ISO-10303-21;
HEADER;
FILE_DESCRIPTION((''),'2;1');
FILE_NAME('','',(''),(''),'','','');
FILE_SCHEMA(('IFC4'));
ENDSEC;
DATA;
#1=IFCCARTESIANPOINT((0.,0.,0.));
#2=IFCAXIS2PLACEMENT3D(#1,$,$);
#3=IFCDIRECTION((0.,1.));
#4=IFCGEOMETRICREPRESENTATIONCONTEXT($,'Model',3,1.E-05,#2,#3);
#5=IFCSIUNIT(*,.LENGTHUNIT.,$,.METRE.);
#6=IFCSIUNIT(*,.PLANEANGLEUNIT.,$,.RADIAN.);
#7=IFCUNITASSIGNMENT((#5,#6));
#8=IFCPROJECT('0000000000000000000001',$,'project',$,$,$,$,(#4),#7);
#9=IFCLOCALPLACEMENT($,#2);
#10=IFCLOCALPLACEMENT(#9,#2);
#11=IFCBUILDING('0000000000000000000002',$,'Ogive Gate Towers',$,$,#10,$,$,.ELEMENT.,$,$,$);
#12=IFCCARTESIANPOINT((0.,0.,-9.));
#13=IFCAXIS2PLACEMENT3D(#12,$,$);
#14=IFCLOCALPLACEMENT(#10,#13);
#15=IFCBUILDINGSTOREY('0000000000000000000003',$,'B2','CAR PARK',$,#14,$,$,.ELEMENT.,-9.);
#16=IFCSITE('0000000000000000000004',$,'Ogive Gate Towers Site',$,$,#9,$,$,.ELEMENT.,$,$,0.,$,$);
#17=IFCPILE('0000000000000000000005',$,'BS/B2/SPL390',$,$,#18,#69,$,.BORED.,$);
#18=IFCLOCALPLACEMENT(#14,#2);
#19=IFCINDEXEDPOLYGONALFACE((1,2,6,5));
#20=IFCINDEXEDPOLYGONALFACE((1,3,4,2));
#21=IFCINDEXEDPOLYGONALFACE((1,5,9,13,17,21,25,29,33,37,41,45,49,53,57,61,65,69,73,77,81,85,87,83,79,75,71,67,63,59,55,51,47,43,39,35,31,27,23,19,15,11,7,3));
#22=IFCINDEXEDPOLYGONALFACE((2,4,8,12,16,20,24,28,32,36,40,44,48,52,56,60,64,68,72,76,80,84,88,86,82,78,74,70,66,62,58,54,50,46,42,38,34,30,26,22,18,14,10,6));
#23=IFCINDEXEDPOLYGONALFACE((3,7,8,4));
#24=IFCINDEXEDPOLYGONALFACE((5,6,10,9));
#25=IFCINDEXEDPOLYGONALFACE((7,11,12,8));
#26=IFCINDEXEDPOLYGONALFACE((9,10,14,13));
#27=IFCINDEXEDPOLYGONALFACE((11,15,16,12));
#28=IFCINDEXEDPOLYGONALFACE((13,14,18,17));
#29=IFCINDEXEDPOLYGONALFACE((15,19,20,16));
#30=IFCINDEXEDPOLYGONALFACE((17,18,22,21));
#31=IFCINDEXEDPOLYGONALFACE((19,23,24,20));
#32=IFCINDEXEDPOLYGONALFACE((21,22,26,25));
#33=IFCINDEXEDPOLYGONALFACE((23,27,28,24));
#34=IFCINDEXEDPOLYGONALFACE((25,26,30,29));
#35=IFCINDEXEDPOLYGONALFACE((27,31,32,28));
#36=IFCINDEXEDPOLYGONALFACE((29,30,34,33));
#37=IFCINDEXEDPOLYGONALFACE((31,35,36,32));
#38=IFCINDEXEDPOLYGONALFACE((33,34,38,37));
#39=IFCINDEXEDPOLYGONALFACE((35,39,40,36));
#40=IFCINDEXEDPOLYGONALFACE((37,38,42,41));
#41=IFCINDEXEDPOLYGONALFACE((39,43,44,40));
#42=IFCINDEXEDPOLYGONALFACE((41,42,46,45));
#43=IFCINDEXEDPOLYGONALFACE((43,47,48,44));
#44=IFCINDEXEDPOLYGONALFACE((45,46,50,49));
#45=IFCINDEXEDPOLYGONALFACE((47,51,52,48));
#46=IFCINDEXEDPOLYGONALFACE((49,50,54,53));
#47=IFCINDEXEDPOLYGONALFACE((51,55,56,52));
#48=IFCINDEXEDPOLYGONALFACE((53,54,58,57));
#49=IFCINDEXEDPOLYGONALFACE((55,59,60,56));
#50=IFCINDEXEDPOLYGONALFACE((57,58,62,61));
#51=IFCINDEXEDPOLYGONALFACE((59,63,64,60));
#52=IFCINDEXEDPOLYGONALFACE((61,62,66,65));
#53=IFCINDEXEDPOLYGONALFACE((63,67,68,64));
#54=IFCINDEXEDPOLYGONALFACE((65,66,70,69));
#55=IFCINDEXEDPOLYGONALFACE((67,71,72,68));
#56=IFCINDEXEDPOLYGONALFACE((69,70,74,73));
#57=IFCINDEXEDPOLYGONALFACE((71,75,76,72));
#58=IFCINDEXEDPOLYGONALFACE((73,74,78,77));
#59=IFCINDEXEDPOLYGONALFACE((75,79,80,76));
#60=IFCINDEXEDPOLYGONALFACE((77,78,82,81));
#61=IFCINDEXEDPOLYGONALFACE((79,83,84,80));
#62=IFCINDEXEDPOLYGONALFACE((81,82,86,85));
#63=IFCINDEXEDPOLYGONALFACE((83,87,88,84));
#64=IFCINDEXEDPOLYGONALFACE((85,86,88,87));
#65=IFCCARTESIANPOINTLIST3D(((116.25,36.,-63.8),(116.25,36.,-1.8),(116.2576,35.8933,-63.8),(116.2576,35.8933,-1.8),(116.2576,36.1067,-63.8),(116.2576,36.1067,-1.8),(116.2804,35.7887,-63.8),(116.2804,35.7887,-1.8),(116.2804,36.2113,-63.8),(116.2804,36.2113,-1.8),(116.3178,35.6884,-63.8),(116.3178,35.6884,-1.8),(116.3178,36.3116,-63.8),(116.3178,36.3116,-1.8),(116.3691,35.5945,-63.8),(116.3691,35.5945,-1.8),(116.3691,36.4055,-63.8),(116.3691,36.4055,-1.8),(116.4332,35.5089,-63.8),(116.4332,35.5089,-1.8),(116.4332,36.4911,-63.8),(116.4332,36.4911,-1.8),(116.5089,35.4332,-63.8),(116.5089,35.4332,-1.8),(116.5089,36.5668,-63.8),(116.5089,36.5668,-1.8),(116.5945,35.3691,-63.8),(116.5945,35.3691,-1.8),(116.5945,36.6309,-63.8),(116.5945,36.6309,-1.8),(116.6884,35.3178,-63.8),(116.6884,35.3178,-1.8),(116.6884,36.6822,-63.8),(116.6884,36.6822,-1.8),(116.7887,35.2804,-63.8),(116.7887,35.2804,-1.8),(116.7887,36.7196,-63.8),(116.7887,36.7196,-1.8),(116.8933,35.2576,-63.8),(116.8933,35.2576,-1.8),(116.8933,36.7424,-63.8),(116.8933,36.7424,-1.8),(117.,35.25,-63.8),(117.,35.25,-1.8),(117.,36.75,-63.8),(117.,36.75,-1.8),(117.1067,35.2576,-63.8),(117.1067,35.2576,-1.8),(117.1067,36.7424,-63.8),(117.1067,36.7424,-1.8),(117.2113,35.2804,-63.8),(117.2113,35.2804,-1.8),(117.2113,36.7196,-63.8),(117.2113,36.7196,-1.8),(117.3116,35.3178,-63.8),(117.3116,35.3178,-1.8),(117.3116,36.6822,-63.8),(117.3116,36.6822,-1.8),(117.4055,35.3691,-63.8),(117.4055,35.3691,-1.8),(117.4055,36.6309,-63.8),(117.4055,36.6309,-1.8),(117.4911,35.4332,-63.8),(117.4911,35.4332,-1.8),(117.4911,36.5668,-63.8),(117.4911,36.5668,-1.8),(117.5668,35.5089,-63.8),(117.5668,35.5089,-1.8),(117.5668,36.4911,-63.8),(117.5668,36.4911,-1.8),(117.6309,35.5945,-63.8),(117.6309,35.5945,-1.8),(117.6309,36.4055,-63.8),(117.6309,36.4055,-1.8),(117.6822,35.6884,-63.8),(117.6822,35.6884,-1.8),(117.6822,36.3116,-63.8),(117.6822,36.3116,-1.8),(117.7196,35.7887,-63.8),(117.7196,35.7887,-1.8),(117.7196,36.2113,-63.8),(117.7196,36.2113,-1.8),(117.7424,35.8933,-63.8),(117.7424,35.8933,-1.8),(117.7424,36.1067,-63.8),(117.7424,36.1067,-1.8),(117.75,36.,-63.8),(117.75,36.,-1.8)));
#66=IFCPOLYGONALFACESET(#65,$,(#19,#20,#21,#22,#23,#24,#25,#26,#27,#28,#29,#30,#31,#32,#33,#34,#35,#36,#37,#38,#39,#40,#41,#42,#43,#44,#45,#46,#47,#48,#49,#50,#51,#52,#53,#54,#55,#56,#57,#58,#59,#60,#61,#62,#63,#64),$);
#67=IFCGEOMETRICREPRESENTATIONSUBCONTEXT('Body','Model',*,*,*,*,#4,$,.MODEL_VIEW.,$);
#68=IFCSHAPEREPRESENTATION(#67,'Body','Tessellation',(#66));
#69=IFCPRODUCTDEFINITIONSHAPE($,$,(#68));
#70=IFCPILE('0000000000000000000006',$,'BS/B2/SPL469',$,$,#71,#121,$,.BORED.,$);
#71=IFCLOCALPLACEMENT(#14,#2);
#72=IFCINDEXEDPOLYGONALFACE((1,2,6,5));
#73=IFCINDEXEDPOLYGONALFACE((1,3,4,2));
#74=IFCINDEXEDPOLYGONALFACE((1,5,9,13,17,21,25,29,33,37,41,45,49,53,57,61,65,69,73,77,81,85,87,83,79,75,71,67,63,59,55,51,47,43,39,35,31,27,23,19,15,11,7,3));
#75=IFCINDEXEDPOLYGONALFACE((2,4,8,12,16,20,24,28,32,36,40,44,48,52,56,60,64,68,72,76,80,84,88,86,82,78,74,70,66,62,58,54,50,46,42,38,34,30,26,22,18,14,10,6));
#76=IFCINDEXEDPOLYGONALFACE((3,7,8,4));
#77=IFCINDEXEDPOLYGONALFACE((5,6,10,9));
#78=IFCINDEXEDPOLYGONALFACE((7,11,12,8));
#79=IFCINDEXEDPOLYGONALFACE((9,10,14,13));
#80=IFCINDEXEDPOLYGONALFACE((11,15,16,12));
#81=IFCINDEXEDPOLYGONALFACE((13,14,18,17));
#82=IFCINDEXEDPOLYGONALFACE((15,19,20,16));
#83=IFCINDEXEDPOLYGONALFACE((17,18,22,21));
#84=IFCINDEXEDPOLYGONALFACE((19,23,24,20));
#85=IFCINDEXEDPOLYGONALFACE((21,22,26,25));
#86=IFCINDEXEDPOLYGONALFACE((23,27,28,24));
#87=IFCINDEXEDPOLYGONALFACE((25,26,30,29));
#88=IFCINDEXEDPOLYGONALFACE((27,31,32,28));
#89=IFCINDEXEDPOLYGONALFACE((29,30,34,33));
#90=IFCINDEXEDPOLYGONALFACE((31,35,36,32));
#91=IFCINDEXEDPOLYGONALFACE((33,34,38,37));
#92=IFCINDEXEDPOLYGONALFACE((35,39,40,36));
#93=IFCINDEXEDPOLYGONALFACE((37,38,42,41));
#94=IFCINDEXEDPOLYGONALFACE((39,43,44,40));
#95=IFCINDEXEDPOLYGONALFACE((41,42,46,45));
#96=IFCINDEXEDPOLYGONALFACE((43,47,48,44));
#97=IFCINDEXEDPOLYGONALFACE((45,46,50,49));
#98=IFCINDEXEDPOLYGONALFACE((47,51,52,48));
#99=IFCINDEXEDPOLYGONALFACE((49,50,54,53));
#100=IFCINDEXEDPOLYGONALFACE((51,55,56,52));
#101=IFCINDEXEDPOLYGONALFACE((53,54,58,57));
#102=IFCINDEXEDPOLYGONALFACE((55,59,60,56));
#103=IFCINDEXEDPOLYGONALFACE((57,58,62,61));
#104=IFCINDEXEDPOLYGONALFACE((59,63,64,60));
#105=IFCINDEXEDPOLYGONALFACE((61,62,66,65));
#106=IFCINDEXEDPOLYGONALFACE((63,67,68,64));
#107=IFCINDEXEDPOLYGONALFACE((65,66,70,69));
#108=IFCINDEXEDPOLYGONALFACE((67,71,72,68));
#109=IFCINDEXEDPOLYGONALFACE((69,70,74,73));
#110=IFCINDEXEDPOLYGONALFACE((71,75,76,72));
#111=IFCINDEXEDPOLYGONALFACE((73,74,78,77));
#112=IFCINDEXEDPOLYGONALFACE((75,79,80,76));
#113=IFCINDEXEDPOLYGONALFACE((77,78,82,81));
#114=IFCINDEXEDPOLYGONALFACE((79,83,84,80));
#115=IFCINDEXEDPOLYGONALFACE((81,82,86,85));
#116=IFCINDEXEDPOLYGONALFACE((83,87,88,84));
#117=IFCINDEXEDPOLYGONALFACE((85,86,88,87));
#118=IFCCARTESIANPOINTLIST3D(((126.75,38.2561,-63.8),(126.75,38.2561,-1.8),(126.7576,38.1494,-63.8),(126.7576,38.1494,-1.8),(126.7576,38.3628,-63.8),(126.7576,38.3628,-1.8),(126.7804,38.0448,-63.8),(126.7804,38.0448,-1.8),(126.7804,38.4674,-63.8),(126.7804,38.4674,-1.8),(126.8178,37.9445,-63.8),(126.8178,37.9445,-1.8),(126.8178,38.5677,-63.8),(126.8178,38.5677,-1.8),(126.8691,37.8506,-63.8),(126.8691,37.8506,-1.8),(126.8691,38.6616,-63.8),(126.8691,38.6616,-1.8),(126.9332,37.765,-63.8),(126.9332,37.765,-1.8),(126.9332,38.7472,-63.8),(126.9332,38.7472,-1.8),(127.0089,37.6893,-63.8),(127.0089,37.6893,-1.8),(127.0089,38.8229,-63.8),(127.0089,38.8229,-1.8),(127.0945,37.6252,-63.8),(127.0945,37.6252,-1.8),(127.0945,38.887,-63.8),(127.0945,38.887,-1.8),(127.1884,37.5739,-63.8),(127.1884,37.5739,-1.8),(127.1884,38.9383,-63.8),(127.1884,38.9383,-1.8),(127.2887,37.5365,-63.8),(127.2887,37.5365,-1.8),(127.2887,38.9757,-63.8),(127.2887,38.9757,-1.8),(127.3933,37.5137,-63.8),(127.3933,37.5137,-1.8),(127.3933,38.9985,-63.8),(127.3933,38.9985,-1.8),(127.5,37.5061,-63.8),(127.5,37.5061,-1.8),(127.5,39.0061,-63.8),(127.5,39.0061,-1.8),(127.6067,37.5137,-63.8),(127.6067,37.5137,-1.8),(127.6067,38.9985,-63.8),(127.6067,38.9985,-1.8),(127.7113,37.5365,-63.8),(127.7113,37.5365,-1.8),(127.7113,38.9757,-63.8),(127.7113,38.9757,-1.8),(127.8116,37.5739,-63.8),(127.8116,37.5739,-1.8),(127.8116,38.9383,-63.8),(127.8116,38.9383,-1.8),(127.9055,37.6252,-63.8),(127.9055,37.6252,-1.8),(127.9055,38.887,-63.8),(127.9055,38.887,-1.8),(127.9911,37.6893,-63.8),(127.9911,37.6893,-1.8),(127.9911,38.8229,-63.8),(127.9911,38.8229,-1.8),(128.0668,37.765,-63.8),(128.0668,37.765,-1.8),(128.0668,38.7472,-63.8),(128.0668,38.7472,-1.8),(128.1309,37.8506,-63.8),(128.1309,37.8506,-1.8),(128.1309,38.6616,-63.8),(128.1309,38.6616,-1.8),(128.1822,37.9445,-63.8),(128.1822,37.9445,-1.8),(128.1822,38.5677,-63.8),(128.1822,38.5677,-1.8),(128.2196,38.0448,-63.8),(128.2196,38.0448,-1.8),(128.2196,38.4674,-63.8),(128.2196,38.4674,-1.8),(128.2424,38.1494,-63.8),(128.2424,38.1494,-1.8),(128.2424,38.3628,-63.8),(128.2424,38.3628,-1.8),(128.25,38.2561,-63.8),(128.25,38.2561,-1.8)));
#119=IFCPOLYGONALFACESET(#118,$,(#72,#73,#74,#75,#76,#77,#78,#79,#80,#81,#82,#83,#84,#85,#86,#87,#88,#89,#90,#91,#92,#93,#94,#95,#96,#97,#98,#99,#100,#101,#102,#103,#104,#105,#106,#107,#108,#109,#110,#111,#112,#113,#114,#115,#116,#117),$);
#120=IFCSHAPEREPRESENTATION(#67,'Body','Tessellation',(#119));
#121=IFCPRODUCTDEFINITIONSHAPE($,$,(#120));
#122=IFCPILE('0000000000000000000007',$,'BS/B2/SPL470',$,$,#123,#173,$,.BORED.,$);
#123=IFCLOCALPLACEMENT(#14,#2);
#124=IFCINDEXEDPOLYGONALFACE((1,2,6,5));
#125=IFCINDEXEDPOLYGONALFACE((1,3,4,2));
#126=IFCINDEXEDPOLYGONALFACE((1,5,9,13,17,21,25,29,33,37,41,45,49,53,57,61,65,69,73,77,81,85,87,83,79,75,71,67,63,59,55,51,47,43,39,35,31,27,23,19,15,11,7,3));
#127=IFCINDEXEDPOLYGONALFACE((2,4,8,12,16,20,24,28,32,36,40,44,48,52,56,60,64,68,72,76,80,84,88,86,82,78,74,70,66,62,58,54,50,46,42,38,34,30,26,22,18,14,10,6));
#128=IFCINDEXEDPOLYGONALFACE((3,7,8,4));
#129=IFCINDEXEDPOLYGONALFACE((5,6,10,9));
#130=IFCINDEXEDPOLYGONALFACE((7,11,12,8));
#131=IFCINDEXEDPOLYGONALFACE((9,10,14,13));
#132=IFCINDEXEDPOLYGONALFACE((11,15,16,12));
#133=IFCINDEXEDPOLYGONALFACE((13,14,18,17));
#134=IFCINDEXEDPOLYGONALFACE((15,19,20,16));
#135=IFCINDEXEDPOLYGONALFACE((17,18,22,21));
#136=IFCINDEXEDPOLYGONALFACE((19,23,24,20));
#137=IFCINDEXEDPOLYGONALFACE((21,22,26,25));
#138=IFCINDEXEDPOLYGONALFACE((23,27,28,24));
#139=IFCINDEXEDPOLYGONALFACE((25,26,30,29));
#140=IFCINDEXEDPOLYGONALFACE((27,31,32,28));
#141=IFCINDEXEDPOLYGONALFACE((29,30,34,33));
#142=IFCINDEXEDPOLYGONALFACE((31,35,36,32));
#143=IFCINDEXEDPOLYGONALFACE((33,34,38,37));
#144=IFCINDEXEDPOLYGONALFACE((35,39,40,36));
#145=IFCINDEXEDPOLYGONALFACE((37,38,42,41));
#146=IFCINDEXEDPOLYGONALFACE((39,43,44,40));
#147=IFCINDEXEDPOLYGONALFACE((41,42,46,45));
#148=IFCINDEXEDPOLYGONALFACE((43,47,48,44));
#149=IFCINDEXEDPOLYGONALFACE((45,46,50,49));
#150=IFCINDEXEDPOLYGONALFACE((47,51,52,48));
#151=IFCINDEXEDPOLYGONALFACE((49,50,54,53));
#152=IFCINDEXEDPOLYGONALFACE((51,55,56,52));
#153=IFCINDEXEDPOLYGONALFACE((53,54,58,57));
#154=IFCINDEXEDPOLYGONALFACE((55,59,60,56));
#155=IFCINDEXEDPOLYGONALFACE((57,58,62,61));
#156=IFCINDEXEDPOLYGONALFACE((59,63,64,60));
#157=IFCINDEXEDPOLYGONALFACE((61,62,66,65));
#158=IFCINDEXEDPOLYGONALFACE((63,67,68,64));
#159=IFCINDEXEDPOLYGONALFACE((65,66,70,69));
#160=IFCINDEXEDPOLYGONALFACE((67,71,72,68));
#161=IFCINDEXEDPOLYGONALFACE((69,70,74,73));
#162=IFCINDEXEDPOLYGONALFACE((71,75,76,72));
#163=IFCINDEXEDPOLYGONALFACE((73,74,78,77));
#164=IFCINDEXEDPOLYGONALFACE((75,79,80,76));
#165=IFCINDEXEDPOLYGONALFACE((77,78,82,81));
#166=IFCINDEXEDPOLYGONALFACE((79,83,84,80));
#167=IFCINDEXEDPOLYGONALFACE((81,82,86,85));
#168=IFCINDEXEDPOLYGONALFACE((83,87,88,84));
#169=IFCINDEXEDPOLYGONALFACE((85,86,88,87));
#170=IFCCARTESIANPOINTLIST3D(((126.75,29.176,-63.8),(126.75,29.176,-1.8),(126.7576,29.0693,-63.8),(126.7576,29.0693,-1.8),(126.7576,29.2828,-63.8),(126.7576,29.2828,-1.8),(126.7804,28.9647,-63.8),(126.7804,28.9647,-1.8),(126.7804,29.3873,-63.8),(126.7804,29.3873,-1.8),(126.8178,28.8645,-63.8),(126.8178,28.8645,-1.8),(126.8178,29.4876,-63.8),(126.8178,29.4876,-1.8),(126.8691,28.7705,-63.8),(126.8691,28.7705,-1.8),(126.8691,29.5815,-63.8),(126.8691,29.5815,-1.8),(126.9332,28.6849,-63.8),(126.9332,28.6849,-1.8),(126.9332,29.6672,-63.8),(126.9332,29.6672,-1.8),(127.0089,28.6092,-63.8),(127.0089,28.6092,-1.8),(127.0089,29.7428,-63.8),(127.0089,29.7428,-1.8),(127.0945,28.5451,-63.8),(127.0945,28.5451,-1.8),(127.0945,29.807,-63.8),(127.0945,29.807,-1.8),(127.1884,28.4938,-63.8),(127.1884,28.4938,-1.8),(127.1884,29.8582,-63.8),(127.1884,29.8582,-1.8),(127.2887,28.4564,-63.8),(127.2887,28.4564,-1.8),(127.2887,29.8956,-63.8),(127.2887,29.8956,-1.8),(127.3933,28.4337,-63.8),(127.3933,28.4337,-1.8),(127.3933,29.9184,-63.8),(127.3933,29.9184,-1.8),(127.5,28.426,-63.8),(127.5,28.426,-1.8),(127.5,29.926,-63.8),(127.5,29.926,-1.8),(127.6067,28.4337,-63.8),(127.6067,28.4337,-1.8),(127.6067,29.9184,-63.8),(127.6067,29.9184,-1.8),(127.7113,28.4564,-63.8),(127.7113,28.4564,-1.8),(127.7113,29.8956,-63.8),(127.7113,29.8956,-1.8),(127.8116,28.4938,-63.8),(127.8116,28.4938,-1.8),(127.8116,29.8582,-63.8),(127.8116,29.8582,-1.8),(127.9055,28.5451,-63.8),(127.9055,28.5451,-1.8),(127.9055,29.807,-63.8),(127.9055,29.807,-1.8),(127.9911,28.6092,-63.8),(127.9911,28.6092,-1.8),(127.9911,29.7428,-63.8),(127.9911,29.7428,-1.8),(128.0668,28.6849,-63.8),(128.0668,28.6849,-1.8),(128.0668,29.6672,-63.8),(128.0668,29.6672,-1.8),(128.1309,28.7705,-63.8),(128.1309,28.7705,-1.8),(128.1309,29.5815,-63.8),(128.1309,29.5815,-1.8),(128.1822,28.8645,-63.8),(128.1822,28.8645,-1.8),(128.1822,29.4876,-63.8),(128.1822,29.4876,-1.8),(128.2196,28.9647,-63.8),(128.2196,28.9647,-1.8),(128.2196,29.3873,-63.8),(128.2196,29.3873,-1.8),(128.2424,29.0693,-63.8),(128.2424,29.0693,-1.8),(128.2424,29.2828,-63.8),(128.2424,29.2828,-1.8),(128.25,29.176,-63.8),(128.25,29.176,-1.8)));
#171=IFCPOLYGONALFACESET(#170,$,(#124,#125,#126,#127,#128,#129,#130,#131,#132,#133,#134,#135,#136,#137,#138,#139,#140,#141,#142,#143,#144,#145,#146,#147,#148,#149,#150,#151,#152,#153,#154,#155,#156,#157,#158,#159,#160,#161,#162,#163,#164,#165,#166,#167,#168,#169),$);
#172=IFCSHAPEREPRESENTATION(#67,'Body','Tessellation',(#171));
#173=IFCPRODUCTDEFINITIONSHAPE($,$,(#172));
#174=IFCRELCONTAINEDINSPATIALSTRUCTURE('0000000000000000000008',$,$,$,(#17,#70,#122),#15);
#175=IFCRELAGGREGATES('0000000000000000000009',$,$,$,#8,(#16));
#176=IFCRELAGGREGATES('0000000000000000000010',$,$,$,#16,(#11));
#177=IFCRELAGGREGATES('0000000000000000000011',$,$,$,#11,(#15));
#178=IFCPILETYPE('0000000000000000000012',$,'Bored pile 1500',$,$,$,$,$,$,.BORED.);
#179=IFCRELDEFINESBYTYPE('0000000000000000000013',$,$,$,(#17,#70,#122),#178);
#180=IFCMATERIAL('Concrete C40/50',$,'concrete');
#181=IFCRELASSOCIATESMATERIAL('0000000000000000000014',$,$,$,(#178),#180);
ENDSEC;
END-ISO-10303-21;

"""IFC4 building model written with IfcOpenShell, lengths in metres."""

from ifc_helpers import new_model, si_unit, direction, frame, origin, origin_2d, place, context, subcontext, project, spatial, circle, extrude, material, material_profile, profile_set, type_object, element, save


model = new_model("IFC4")

# Units and contexts
model_context = context("Model", 3, precision=1e-05, world=origin(), true_north=direction((0.0, 1.0)))
body_context = subcontext(model_context, "Body", "Model", "MODEL_VIEW")
ifc_project = project(units=[si_unit("LENGTHUNIT", "METRE"), si_unit("PLANEANGLEUNIT", "RADIAN")], contexts=[model_context])

# Site, building, storey
site_placement = place(None, origin())
site = spatial("IfcSite", under=ifc_project, at=site_placement, Name="Ogive Gate Towers Site", CompositionType="ELEMENT", RefElevation=0.0)
building_placement = place(site_placement, origin())
building = spatial("IfcBuilding", under=site, at=building_placement, Name="Ogive Gate Towers", CompositionType="ELEMENT")
storey_placement = place(building_placement, frame((0.0, 0.0, -9.0)))
storey = spatial("IfcBuildingStorey", under=building, at=storey_placement, Name="B2", Description="CAR PARK", CompositionType="ELEMENT", Elevation=-9.0)

# Piles
ifc_material_1 = material(Name="Concrete C40/50", Category="concrete")
ifc_material_profile_1 = material_profile(ifc_material_1, circle(Radius=0.75, at=origin_2d()), Name="BP 1500")
ifc_profile_set_1 = profile_set([ifc_material_profile_1], Name="Concrete C40/50")
pile_type = type_object("IfcPileType", Name="Bored pile 1500", PredefinedType="BORED", material=ifc_profile_set_1)
for number, where, z_axis, x_axis, name in (
    (1, (117.0, 36.0, -1.8), (0.0, 0.0, -1.0), (1.0, 0.0, 0.0), "BS/B2/SPL390"),
    (2, (127.5, 38.2561, -1.8), (0.0, 0.0, -1.0), (1.0, 0.0, 0.0), "BS/B2/SPL469"),
    (3, (127.5, 29.176, -1.8), (0.0, 0.0, -1.0), (1.0, 0.0, 0.0), "BS/B2/SPL470"),
):
    element("IfcPile", number, at=place(storey_placement, frame(where, z_axis=z_axis, x_axis=x_axis)), inside=storey, type_object=pile_type, Name=name, PredefinedType="BORED", context=body_context, shape_type="SweptSolid", body=[
        extrude(circle(Radius=0.75, at=origin_2d()), origin(), (0.0, 0.0, 1.0), 62.0),
    ])

save(model, "model.ifc")
